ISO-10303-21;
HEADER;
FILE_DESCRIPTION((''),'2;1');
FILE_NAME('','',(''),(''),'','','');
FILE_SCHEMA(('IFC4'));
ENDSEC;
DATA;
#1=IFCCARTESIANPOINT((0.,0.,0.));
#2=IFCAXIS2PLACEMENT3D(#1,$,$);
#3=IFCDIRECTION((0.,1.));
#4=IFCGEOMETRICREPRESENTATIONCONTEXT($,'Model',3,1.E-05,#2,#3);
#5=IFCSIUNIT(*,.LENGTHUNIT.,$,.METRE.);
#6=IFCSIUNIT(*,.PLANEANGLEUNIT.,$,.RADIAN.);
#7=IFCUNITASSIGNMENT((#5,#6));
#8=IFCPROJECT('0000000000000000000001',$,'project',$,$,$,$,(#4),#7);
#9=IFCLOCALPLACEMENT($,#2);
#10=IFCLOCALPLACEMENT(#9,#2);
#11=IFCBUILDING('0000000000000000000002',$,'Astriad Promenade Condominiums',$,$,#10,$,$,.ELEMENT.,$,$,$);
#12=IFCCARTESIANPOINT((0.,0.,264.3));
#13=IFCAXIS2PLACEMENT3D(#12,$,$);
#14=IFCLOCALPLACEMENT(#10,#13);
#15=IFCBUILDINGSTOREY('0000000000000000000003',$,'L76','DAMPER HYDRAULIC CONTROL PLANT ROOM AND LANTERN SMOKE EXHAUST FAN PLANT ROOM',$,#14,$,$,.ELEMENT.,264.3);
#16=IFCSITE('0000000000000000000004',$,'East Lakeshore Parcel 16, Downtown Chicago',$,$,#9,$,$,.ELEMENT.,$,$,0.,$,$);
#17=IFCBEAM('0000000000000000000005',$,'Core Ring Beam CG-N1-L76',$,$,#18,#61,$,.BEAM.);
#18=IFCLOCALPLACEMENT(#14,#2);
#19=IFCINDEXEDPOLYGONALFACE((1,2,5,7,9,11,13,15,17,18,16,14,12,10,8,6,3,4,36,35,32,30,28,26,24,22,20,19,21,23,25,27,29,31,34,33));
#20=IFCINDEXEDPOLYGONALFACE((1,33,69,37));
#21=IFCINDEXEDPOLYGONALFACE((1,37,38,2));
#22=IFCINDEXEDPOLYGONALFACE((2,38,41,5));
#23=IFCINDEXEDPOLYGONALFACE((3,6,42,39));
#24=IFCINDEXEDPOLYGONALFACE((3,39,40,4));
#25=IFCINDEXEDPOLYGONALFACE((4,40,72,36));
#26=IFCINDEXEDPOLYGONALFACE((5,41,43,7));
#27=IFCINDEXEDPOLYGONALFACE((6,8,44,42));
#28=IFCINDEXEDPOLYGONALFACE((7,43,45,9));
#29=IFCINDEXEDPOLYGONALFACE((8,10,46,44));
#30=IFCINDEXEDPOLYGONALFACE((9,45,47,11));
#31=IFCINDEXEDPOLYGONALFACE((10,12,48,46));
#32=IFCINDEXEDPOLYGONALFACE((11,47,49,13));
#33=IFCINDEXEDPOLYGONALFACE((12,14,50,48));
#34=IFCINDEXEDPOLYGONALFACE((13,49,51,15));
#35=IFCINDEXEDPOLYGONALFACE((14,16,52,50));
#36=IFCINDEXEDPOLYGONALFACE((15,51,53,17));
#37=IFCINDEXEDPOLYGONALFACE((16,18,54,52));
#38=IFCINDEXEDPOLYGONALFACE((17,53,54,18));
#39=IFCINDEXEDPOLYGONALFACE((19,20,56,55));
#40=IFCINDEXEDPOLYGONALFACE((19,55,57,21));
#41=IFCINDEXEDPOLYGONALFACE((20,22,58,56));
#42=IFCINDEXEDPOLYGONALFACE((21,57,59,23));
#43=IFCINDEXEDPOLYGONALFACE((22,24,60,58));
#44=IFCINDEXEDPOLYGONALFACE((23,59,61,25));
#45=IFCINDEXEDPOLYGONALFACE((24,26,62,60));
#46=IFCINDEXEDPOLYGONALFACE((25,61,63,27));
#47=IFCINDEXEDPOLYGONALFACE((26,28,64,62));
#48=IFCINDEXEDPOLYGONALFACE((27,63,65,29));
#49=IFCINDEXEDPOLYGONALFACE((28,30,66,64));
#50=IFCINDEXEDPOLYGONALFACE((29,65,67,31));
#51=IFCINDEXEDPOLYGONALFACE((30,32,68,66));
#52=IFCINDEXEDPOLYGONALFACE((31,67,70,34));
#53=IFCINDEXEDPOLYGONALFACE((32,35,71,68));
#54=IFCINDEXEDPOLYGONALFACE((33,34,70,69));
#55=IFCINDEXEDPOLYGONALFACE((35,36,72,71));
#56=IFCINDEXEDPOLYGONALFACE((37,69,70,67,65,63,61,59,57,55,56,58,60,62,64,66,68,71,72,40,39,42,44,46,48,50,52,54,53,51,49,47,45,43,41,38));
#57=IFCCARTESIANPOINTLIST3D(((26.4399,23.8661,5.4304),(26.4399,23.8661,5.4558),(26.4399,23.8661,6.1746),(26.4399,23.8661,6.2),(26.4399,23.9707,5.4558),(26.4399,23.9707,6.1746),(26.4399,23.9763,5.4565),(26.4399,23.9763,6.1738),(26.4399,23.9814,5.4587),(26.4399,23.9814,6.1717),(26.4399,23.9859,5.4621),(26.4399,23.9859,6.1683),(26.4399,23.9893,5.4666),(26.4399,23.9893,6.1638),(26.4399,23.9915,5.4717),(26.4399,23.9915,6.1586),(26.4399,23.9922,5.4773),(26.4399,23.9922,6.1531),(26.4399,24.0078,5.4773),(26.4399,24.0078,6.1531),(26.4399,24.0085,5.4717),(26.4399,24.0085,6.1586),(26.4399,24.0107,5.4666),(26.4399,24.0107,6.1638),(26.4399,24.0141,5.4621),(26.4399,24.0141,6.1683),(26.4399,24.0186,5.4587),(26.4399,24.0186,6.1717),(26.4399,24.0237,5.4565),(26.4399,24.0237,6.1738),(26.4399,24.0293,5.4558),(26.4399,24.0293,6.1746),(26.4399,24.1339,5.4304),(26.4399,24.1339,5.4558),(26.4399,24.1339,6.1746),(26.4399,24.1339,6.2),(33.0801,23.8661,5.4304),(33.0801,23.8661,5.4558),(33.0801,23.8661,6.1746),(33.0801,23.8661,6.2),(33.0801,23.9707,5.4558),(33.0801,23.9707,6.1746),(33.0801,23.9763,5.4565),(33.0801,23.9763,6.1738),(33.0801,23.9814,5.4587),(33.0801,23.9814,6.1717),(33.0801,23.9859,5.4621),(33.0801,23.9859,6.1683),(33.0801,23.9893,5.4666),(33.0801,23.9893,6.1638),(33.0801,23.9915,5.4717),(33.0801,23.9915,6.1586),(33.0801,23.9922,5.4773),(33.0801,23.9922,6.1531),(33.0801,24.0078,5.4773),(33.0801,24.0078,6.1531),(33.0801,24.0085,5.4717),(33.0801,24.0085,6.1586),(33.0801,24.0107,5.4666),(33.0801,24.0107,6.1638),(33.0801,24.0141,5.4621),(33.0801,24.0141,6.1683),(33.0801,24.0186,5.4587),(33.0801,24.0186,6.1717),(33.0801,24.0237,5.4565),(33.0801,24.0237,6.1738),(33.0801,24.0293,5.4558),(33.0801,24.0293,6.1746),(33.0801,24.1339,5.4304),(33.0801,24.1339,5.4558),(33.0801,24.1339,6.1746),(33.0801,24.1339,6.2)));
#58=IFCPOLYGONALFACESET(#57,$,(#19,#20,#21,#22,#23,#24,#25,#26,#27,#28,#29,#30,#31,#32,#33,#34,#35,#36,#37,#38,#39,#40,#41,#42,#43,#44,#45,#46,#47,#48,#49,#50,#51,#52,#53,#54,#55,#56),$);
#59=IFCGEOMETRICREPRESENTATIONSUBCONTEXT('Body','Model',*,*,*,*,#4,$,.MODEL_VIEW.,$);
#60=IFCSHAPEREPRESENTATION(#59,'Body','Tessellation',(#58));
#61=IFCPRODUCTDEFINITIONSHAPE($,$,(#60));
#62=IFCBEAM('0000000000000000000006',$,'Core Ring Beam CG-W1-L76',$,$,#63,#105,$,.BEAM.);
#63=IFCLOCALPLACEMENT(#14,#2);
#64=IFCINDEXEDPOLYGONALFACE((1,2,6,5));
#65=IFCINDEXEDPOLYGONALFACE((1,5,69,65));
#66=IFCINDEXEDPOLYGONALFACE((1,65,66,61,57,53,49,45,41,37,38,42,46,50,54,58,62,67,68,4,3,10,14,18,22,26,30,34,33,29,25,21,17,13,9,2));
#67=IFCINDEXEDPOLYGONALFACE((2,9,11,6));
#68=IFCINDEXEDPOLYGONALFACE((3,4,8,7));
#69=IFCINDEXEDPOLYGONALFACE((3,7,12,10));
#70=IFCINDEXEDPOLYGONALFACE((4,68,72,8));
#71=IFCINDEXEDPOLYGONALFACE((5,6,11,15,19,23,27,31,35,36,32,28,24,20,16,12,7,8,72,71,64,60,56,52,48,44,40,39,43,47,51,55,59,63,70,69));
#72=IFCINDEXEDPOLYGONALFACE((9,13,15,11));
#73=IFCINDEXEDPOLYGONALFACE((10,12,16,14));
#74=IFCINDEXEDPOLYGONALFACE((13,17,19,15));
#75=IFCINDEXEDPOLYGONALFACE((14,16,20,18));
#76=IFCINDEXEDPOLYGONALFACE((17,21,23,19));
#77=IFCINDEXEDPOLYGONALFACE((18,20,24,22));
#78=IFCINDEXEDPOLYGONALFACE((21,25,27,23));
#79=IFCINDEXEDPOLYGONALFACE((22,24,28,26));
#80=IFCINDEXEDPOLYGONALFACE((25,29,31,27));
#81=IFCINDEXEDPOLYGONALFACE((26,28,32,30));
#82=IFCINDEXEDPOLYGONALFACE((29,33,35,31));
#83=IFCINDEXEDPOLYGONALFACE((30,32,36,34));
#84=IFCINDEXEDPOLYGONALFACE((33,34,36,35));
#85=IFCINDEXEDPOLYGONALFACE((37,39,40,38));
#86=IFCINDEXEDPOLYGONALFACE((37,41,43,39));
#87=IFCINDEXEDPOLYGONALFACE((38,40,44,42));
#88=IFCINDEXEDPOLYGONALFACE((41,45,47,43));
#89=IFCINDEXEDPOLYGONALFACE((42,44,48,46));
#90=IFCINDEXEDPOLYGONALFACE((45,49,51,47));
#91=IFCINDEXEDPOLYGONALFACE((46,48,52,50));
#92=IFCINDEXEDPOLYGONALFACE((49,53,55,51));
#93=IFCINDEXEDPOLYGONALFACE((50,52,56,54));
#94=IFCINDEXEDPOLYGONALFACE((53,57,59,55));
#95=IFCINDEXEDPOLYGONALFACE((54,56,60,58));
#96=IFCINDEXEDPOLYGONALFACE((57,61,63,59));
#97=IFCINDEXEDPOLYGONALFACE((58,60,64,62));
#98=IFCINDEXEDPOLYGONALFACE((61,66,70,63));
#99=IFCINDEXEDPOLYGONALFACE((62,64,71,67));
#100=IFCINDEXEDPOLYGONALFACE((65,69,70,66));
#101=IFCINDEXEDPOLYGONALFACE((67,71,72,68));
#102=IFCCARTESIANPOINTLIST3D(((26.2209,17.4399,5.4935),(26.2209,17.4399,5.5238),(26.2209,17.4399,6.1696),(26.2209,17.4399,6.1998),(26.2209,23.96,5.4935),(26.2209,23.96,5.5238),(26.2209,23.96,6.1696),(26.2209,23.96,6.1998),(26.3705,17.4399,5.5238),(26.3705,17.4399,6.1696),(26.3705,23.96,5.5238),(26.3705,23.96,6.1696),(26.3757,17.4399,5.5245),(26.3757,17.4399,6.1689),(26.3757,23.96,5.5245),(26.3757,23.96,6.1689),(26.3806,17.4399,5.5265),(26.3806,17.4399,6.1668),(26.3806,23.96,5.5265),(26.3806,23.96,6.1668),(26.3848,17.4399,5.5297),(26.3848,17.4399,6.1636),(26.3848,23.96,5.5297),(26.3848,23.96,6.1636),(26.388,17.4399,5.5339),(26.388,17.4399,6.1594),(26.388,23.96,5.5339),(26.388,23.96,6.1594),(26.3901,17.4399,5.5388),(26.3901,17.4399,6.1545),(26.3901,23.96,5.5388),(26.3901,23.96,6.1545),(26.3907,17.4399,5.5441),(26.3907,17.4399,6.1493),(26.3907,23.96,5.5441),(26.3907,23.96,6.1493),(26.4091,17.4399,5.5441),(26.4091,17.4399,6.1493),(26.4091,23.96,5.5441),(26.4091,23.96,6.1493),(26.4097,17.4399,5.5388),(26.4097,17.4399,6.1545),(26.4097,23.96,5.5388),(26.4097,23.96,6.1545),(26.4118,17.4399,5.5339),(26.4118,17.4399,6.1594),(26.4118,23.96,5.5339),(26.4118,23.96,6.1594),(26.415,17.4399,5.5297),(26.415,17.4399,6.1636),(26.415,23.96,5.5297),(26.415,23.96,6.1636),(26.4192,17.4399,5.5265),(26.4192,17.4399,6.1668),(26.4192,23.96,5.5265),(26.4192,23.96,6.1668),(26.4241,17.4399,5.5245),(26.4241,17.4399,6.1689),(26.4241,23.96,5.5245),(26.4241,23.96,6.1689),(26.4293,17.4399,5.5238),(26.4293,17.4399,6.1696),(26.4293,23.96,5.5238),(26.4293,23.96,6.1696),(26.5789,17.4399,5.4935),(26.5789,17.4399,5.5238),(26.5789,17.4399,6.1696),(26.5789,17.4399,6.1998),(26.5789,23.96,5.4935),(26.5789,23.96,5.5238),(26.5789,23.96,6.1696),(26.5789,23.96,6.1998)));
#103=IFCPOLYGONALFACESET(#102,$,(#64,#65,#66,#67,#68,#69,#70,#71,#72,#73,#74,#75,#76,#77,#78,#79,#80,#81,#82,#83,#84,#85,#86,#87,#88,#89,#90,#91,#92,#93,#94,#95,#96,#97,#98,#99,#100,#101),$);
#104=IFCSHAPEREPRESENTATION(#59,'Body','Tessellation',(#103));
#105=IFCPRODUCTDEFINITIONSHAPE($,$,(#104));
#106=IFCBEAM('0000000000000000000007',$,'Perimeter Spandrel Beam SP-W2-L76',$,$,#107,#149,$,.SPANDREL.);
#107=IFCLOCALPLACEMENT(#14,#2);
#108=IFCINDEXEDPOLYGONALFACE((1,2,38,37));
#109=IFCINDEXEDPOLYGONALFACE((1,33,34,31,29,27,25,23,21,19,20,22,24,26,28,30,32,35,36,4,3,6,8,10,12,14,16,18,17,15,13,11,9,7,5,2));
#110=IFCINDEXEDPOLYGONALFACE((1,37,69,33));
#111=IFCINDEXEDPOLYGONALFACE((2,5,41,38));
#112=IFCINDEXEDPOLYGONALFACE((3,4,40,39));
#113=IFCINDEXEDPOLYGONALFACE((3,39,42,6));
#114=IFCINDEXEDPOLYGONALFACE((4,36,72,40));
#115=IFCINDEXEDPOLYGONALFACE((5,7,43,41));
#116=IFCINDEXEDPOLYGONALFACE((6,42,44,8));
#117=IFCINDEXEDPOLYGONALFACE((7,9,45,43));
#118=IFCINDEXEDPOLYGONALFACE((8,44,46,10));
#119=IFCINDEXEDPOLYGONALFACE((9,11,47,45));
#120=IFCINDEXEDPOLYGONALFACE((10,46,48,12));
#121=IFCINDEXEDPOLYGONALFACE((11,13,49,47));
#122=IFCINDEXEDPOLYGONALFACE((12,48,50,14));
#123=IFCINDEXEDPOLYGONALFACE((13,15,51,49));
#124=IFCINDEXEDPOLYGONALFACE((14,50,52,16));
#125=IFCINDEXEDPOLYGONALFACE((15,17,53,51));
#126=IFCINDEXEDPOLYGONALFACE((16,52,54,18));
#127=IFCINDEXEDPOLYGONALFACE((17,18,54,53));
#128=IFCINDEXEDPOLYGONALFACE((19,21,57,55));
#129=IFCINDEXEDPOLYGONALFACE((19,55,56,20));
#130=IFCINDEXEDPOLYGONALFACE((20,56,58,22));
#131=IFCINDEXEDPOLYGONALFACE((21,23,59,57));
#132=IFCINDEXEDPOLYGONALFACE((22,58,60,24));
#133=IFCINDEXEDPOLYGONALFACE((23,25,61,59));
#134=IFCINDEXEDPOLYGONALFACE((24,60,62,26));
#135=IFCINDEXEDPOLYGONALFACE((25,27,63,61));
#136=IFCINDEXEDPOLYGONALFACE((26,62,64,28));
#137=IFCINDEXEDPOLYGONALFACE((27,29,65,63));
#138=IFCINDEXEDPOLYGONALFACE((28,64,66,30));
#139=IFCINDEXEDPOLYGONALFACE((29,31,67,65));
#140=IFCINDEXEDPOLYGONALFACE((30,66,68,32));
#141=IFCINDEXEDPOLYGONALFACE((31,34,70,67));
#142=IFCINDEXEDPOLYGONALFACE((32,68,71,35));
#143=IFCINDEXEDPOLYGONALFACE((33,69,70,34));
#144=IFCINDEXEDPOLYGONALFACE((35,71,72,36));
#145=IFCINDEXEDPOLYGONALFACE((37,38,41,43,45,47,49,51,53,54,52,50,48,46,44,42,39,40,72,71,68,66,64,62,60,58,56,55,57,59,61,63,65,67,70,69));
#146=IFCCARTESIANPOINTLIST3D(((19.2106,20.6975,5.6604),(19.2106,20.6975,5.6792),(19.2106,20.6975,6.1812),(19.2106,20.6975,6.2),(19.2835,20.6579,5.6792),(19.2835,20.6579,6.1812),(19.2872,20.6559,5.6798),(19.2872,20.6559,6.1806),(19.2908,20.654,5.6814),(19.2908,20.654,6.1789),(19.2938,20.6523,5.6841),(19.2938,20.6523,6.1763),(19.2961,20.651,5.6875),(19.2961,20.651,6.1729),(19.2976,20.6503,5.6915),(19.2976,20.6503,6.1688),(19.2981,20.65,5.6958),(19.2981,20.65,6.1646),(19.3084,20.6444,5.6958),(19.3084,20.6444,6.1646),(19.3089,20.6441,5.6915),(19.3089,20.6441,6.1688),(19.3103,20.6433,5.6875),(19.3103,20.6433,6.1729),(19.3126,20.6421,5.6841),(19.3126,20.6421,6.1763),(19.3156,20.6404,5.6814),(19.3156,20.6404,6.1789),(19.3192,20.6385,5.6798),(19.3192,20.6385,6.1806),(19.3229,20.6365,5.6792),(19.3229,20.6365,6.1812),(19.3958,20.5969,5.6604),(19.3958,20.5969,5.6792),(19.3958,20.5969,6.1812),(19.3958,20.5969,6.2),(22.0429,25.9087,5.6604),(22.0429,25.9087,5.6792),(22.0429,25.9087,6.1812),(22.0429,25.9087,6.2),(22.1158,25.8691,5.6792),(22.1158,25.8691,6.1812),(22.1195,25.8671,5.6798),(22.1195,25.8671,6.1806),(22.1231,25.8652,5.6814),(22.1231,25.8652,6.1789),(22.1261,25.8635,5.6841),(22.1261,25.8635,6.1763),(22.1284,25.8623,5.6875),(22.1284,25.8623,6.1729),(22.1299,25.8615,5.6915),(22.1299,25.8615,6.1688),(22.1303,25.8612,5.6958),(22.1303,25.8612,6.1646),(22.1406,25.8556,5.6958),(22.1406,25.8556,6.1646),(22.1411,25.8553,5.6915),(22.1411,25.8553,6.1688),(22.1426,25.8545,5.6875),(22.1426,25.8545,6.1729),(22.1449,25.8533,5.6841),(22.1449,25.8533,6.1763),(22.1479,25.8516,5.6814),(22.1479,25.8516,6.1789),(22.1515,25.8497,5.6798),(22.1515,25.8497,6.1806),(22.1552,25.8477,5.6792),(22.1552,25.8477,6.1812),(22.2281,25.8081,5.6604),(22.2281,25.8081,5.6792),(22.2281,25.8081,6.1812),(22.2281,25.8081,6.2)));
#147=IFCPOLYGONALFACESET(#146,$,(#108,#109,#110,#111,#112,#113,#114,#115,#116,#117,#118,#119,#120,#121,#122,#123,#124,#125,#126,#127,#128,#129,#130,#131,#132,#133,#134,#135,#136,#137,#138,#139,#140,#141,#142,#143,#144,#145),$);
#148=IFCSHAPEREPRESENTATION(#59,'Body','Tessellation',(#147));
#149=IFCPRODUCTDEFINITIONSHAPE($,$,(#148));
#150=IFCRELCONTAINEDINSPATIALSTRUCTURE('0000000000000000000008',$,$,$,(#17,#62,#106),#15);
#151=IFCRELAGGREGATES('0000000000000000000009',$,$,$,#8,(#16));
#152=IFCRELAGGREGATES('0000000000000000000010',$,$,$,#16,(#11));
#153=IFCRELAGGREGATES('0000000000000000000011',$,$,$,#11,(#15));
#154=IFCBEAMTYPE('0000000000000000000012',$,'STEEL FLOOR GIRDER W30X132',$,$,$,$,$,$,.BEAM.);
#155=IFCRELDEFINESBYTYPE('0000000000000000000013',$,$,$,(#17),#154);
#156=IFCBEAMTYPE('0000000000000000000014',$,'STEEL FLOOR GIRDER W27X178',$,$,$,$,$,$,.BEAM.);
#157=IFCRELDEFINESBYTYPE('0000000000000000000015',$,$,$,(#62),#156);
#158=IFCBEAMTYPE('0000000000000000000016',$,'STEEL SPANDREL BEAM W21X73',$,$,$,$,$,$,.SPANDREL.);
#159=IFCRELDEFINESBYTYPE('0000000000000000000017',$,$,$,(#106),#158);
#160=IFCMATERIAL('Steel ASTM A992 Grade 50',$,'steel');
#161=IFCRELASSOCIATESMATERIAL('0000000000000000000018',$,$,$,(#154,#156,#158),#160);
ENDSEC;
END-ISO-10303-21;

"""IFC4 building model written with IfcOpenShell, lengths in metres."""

from ifc_helpers import new_model, si_unit, direction, frame, origin, origin_2d, place, context, subcontext, project, spatial, i_section, extrude, source, transform, mapped, material, material_profile, profile_set, type_object, type_shapes, element, save


model = new_model("IFC4")

# Units and contexts
model_context = context("Model", 3, precision=1e-05, world=origin(), true_north=direction((0.0, 1.0)))
body_context = subcontext(model_context, "Body", "Model", "MODEL_VIEW")
ifc_project = project(units=[si_unit("LENGTHUNIT", "METRE"), si_unit("PLANEANGLEUNIT", "RADIAN")], contexts=[model_context])

# Site, building, storey
site_placement = place(None, origin())
site = spatial("IfcSite", under=ifc_project, at=site_placement, Name="East Lakeshore Parcel 16, Downtown Chicago", CompositionType="ELEMENT", RefElevation=0.0)
building_placement = place(site_placement, origin())
building = spatial("IfcBuilding", under=site, at=building_placement, Name="Astriad Promenade Condominiums", CompositionType="ELEMENT")
storey_placement = place(building_placement, frame((0.0, 0.0, 264.3)))
storey = spatial("IfcBuildingStorey", under=building, at=storey_placement, Name="L76", Description="DAMPER HYDRAULIC CONTROL PLANT ROOM AND LANTERN SMOKE EXHAUST FAN PLANT ROOM", CompositionType="ELEMENT", Elevation=264.3)

# Shared definitions
ifc_material_1 = material(Name="Steel ASTM A992 Grade 50", Category="steel")

# Beams
ifc_material_profile_1 = material_profile(ifc_material_1, i_section(OverallWidth=0.2678, OverallDepth=0.7695, WebThickness=0.0156, FlangeThickness=0.0254, FilletRadius=0.0215, at=origin_2d()), Name="W30X132")
ifc_profile_set_1 = profile_set([ifc_material_profile_1], Name="Steel ASTM A992 Grade 50")
beam_type_1 = type_object("IfcBeamType", Name="STEEL FLOOR GIRDER W30X132", PredefinedType="BEAM", material=ifc_profile_set_1)
shared_shape_1 = source(origin(), body_context, "Body", "SweptSolid", [
    extrude(i_section(OverallWidth=0.2678, OverallDepth=0.7695, WebThickness=0.0156, FlangeThickness=0.0254, FilletRadius=0.0215, at=origin_2d()), origin(), (0.0, 0.0, 1.0), 6.6401),
])
type_shapes(beam_type_1, [shared_shape_1])
beam_1_placement = place(storey_placement, frame((26.4399, 24.0, 5.8152), z_axis=(1.0, 0.0, 0.0), x_axis=(0.0, 1.0, 0.0)))
element("IfcBeam", 1, at=beam_1_placement, inside=storey, type_object=beam_type_1, Name="Core Ring Beam CG-N1-L76", PredefinedType="BEAM", context=body_context, shape_type="MappedRepresentation", body=[
    mapped(shared_shape_1, transform((0.0, 0.0, 0.0), scale=1.0)),
])
ifc_material_profile_2 = material_profile(ifc_material_1, i_section(OverallWidth=0.3579, OverallDepth=0.7063, WebThickness=0.0183, FlangeThickness=0.0303, FilletRadius=0.0203, at=origin_2d()), Name="W27X178")
ifc_profile_set_2 = profile_set([ifc_material_profile_2], Name="Steel ASTM A992 Grade 50")
beam_type_2 = type_object("IfcBeamType", Name="STEEL FLOOR GIRDER W27X178", PredefinedType="BEAM", material=ifc_profile_set_2)
shared_shape_2 = source(origin(), body_context, "Body", "SweptSolid", [
    extrude(i_section(OverallWidth=0.3579, OverallDepth=0.7063, WebThickness=0.0183, FlangeThickness=0.0303, FilletRadius=0.0203, at=origin_2d()), origin(), (0.0, 0.0, 1.0), 6.52),
])
type_shapes(beam_type_2, [shared_shape_2])
beam_2_placement = place(storey_placement, frame((26.3999, 17.4399, 5.8467), z_axis=(0.0, 1.0, 0.0), x_axis=(-1.0, 0.0, 0.0)))
element("IfcBeam", 2, at=beam_2_placement, inside=storey, type_object=beam_type_2, Name="Core Ring Beam CG-W1-L76", PredefinedType="BEAM", context=body_context, shape_type="MappedRepresentation", body=[
    mapped(shared_shape_2, transform((0.0, 0.0, 0.0), scale=1.0)),
])
ifc_material_profile_3 = material_profile(ifc_material_1, i_section(OverallWidth=0.2107, OverallDepth=0.5396, WebThickness=0.0117, FlangeThickness=0.0188, FilletRadius=0.0166, at=origin_2d()), Name="W21X73")
ifc_profile_set_3 = profile_set([ifc_material_profile_3], Name="Steel ASTM A992 Grade 50")
beam_type_3 = type_object("IfcBeamType", Name="STEEL SPANDREL BEAM W21X73", PredefinedType="SPANDREL", material=ifc_profile_set_3)
shared_shape_3 = source(origin(), body_context, "Body", "SweptSolid", [
    extrude(i_section(OverallWidth=0.2107, OverallDepth=0.5396, WebThickness=0.0117, FlangeThickness=0.0188, FilletRadius=0.0166, at=origin_2d()), origin(), (0.0, 0.0, 1.0), 5.9312),
])
beam_3_placement = place(storey_placement, frame((22.1355, 25.8584, 5.9302), z_axis=(-0.477528, -0.878617, 0.0), x_axis=(0.878617, -0.477528, 0.0)))
element("IfcBeam", 3, at=beam_3_placement, inside=storey, type_object=beam_type_3, Name="Perimeter Spandrel Beam SP-W2-L76", PredefinedType="SPANDREL", context=body_context, shape_type="MappedRepresentation", body=[
    mapped(shared_shape_3, transform((0.0, 0.0, 0.0), scale=1.0)),
])

save(model, "model.ifc")
